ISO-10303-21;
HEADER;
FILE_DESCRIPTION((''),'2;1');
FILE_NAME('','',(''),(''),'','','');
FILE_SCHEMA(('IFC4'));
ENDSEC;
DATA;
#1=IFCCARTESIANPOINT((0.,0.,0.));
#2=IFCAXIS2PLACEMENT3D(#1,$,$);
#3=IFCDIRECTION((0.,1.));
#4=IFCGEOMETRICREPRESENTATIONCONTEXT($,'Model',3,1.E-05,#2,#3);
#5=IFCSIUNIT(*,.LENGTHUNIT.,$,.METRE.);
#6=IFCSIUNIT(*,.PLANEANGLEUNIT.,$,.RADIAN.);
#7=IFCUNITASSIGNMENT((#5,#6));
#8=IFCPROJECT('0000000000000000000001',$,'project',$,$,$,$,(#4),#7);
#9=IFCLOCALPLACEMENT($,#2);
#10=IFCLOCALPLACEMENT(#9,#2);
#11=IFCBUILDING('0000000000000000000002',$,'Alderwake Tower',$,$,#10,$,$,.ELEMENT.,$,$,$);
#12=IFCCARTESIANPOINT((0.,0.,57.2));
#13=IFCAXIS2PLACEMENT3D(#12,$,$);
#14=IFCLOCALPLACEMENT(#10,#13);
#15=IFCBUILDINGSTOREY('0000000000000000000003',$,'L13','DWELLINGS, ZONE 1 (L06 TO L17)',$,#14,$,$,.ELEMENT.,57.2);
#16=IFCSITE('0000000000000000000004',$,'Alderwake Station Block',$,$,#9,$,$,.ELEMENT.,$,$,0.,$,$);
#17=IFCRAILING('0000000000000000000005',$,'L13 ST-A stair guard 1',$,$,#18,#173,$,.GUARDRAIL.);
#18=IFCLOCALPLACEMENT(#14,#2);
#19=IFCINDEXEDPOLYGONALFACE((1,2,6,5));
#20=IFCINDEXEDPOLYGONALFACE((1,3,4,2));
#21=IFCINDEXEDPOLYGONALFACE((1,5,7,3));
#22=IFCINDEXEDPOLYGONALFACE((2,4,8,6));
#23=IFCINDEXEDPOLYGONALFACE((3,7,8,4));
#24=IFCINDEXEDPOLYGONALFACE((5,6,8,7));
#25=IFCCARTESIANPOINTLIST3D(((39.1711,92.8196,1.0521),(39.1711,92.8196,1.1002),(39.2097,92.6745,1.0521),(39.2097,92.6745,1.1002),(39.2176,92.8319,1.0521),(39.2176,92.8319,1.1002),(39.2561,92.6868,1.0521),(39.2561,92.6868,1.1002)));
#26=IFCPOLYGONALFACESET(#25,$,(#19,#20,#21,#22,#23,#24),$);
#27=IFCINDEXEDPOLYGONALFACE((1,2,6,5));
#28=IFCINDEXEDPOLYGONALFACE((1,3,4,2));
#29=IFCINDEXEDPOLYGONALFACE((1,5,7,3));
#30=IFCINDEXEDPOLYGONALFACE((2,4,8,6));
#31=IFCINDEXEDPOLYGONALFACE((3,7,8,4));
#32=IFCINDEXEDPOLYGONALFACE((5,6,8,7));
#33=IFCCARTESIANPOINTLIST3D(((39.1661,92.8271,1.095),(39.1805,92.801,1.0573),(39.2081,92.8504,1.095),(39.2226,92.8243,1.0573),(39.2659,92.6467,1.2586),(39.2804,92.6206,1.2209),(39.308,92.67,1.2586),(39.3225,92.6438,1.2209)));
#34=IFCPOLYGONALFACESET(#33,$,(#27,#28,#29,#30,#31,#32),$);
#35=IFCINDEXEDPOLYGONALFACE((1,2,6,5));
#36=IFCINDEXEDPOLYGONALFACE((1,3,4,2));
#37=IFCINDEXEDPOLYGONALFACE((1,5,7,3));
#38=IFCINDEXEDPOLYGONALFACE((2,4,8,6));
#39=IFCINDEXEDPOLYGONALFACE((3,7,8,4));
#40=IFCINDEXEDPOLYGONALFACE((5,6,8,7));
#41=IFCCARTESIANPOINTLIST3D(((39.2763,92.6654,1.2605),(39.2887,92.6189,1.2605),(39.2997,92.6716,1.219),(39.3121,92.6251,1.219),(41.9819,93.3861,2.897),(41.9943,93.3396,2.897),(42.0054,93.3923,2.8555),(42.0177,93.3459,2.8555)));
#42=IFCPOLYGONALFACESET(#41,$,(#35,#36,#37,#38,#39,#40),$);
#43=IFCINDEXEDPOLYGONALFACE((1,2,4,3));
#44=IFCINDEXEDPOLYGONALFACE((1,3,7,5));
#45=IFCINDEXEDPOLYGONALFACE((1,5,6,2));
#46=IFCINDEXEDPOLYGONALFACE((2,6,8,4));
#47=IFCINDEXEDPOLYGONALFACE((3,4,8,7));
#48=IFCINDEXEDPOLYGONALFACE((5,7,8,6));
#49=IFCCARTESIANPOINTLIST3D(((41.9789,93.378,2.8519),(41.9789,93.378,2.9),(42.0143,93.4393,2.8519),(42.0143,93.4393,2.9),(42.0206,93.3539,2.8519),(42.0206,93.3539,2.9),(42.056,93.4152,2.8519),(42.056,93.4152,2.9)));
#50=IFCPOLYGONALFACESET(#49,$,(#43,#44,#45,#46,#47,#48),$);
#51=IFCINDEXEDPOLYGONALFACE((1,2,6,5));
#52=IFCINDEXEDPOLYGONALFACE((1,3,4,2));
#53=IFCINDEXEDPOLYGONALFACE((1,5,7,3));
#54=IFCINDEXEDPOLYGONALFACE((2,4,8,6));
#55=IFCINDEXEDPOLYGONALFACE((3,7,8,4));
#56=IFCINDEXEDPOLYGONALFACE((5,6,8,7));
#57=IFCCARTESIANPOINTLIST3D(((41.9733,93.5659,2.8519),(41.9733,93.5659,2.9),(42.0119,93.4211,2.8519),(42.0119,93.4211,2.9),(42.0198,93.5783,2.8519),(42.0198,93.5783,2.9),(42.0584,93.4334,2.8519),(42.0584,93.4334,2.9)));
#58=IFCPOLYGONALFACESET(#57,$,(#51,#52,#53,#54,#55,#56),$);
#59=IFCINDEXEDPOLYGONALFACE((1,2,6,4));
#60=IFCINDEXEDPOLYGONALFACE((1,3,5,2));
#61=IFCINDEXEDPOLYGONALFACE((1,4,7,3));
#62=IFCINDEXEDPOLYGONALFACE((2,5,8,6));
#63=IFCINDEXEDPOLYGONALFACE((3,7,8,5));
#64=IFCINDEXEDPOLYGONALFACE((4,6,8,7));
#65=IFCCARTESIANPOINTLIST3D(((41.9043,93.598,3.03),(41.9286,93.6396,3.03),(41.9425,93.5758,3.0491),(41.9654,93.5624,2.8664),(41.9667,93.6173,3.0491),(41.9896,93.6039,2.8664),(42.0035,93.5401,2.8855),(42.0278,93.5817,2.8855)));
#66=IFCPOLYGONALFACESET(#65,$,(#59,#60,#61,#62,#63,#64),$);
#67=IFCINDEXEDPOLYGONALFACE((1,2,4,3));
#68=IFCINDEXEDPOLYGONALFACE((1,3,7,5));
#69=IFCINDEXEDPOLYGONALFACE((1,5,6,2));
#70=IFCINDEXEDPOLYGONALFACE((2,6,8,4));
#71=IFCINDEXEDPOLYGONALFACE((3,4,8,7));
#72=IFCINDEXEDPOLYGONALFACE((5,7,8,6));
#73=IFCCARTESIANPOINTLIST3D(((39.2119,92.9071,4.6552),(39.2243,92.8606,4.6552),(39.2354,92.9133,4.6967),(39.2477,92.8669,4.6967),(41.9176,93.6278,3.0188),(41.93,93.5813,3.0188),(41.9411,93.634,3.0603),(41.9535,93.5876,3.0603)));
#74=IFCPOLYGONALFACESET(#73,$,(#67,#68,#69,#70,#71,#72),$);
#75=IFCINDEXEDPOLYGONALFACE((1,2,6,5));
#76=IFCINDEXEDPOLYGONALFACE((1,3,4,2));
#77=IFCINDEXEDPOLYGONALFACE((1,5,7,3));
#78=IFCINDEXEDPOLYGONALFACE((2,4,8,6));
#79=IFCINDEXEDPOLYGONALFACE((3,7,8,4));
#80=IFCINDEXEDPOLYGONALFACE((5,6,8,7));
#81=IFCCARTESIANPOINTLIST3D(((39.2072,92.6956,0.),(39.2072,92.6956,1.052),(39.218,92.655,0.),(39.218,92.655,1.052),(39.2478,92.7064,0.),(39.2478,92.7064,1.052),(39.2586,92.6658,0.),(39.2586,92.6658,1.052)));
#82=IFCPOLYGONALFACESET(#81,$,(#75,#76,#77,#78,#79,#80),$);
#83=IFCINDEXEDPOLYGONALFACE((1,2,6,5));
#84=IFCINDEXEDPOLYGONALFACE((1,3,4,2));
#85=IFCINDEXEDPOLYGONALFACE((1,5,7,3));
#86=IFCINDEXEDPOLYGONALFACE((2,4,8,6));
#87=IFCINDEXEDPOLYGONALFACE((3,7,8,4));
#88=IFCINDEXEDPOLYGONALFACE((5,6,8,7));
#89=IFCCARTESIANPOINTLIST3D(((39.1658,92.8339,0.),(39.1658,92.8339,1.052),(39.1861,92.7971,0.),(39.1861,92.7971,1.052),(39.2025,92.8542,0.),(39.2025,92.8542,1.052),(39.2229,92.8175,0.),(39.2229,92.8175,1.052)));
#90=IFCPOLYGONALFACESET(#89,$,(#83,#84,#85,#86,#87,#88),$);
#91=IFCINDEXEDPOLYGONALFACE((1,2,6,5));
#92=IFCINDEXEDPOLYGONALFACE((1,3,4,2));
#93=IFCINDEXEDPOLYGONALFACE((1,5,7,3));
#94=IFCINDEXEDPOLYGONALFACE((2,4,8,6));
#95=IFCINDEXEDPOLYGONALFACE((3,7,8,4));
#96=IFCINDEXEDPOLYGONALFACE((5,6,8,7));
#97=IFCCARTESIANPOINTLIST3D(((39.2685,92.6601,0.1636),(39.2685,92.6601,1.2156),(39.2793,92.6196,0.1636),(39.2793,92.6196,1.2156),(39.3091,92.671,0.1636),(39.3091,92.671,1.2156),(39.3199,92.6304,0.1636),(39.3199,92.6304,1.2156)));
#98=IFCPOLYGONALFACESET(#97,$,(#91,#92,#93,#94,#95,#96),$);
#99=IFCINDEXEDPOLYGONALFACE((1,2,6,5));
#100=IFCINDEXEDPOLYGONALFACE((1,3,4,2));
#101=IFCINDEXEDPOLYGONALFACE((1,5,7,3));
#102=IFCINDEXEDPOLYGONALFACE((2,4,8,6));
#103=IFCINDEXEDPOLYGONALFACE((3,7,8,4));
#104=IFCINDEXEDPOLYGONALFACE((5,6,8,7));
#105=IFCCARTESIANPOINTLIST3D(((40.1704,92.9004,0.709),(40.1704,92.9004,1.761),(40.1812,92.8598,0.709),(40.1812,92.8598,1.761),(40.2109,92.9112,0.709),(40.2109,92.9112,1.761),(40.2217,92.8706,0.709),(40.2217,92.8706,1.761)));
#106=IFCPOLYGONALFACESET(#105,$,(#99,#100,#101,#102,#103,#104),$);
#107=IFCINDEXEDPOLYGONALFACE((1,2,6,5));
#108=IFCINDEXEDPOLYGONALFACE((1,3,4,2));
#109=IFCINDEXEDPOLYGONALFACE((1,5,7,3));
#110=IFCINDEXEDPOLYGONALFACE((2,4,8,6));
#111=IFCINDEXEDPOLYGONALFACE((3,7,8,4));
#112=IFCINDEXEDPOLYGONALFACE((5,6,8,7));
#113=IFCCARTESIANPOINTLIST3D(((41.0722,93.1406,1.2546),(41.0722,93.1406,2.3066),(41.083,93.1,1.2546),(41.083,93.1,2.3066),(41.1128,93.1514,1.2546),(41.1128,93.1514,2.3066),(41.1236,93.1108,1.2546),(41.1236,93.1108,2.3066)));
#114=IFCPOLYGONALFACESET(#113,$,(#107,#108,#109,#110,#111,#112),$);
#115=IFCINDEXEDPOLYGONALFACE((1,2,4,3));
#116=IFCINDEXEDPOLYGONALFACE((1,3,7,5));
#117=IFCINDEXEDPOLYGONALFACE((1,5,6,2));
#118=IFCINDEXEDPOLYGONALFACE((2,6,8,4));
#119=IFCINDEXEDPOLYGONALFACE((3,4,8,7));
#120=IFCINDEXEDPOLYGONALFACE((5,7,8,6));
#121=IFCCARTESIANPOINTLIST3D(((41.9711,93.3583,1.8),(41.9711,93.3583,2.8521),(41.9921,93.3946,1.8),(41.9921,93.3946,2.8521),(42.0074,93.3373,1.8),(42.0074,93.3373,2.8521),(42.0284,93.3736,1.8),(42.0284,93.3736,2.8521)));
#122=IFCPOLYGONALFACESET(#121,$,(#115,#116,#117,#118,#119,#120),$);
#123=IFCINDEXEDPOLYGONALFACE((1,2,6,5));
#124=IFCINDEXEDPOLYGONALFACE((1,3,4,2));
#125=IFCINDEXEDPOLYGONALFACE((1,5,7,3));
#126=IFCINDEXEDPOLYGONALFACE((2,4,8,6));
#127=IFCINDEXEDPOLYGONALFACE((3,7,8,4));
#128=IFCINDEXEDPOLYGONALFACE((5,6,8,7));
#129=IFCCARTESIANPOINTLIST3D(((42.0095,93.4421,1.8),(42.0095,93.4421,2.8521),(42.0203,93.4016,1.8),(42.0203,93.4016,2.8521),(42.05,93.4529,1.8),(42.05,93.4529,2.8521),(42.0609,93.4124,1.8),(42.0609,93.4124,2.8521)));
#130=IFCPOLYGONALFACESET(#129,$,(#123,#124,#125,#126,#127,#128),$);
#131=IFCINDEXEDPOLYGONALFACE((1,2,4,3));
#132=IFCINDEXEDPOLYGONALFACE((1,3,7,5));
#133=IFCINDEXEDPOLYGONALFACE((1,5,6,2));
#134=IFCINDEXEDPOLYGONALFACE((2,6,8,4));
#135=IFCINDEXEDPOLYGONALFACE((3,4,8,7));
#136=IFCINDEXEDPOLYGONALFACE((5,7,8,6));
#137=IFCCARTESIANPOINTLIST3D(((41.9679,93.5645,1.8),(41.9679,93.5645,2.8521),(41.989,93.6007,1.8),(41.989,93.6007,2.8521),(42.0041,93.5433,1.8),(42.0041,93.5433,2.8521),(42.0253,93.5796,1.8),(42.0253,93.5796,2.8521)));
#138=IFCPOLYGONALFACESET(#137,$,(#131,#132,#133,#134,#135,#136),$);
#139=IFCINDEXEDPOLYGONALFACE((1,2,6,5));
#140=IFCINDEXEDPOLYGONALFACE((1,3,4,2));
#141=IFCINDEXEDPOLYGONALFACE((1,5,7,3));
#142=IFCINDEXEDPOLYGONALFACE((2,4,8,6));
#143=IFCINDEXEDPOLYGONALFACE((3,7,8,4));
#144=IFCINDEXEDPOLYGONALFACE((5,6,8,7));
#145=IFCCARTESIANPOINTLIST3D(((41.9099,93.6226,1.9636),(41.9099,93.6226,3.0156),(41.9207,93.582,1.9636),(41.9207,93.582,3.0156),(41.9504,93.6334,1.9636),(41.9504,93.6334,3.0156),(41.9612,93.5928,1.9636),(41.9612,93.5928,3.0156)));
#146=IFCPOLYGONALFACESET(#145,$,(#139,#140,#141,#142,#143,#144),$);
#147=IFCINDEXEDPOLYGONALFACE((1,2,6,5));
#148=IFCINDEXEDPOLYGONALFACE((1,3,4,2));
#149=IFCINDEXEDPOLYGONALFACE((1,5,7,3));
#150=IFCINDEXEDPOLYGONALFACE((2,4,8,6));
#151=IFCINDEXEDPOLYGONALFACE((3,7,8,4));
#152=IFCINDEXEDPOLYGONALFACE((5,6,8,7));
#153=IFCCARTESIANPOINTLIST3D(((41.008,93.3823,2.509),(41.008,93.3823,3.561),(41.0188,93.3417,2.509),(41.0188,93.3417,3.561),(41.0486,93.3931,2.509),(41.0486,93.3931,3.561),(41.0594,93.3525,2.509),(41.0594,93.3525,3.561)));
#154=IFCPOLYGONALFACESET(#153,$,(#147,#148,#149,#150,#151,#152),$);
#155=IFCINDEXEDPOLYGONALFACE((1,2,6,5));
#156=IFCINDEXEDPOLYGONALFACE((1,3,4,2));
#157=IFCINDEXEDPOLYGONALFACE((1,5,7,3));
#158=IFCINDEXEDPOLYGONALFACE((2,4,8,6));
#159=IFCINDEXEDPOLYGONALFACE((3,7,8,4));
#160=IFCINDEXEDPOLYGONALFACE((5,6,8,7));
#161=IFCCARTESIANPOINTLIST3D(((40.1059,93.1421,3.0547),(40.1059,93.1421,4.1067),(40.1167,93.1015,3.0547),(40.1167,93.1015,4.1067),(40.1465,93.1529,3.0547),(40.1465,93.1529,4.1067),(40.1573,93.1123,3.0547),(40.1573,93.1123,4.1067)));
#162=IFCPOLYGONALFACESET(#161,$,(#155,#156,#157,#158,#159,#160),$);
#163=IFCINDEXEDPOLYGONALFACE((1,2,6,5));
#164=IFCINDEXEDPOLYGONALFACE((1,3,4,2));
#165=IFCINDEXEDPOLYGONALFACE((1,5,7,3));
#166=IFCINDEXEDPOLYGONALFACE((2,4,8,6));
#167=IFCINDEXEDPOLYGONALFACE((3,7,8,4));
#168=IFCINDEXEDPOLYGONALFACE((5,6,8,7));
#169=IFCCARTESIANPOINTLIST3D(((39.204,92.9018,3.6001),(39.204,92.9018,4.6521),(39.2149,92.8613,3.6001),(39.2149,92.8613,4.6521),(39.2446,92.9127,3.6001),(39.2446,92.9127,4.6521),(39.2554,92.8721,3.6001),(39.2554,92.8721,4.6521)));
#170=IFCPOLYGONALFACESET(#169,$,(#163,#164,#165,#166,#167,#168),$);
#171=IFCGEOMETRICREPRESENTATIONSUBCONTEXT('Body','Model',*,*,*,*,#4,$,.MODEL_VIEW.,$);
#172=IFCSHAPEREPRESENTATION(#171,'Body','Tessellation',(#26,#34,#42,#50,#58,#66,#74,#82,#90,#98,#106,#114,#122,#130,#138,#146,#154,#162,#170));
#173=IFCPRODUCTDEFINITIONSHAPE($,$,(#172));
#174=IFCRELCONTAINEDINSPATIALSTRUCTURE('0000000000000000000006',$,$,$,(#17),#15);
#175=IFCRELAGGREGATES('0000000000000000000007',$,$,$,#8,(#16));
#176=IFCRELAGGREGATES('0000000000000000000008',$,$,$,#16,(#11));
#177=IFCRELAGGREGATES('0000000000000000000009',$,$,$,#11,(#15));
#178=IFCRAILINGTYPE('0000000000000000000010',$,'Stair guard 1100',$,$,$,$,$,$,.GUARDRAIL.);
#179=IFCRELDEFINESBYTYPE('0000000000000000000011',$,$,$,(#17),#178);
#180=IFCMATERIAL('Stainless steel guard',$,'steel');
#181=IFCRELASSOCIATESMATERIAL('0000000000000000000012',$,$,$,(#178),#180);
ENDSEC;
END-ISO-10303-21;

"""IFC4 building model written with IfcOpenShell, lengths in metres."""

from ifc_helpers import new_model, si_unit, direction, frame, origin, origin_2d, place, context, subcontext, project, spatial, rectangle, extrude, material, type_object, element, save


model = new_model("IFC4")

# Units and contexts
model_context = context("Model", 3, precision=1e-05, world=origin(), true_north=direction((0.0, 1.0)))
body_context = subcontext(model_context, "Body", "Model", "MODEL_VIEW")
ifc_project = project(units=[si_unit("LENGTHUNIT", "METRE"), si_unit("PLANEANGLEUNIT", "RADIAN")], contexts=[model_context])

# Site, building, storey
site_placement = place(None, origin())
site = spatial("IfcSite", under=ifc_project, at=site_placement, Name="Alderwake Station Block", CompositionType="ELEMENT", RefElevation=0.0)
building_placement = place(site_placement, origin())
building = spatial("IfcBuilding", under=site, at=building_placement, Name="Alderwake Tower", CompositionType="ELEMENT")
storey_placement = place(building_placement, frame((0.0, 0.0, 57.2)))
storey = spatial("IfcBuildingStorey", under=building, at=storey_placement, Name="L13", Description="DWELLINGS, ZONE 1 (L06 TO L17)", CompositionType="ELEMENT", Elevation=57.2)

# Railing
ifc_material_1 = material(Name="Stainless steel guard", Category="steel")
railing_type = type_object("IfcRailingType", Name="Stair guard 1100", PredefinedType="GUARDRAIL", material=ifc_material_1)
railing_placement = place(storey_placement, frame((39.2329, 92.6807, 0.0)))
element("IfcRailing", 1, at=railing_placement, inside=storey, type_object=railing_type, Name="L13 ST-A stair guard 1", PredefinedType="GUARDRAIL", context=body_context, shape_type="SweptSolid", body=[
    extrude(rectangle(XDim=0.0481, YDim=0.0481, at=origin_2d()), frame((0.0, 0.0, 1.0762), z_axis=(-0.257055, 0.966397, 0.0), x_axis=(-0.966397, -0.257055, 0.0)), (0.0, 0.0, 1.0), 0.1501),
    extrude(rectangle(XDim=0.0481, YDim=0.0481, at=origin_2d()), frame((-0.0386, 0.145, 1.0762), z_axis=(0.379371, -0.685464, 0.621463), x_axis=(0.874938, 0.484235, 0.0)), (0.0, 0.0, 1.0), 0.2632),
    extrude(rectangle(XDim=0.0481, YDim=0.0481, at=origin_2d()), frame((0.0613, -0.0354, 1.2397), z_axis=(0.834259, 0.222228, 0.504605), x_axis=(-0.257402, 0.966304, 0.0)), (0.0, 0.0, 1.0), 3.2432),
    extrude(rectangle(XDim=0.0481, YDim=0.0481, at=origin_2d()), frame((2.7668, 0.6853, 2.876), z_axis=(0.50022, 0.865898, 0.0), x_axis=(-0.865898, 0.50022, 0.0)), (0.0, 0.0, 1.0), 0.0708),
    extrude(rectangle(XDim=0.0481, YDim=0.0481, at=origin_2d()), frame((2.8022, 0.7466, 2.876), z_axis=(-0.25746, 0.966289, 0.0), x_axis=(-0.966289, -0.25746, 0.0)), (0.0, 0.0, 1.0), 0.1499),
    extrude(rectangle(XDim=0.0481, YDim=0.0481, at=origin_2d()), frame((2.7637, 0.8914, 2.876), z_axis=(-0.342525, 0.200035, 0.917967), x_axis=(-0.5043, -0.863528, 0.0)), (0.0, 0.0, 1.0), 0.1782),
    extrude(rectangle(XDim=0.0481, YDim=0.0481, at=origin_2d()), frame((2.7026, 0.927, 3.0396), z_axis=(-0.834282, -0.222214, 0.504574), x_axis=(0.25738, -0.96631, 0.0)), (0.0, 0.0, 1.0), 3.2432),
    extrude(rectangle(XDim=0.042, YDim=0.042, at=origin_2d()), frame((0.0, 0.0, 0.0), z_axis=(0.0, 0.0, 1.0), x_axis=(-0.257055, 0.966397, 0.0)), (0.0, 0.0, 1.0), 1.052),
    extrude(rectangle(XDim=0.042, YDim=0.042, at=origin_2d()), frame((-0.0386, 0.145, 0.0), z_axis=(0.0, 0.0, 1.0), x_axis=(0.484235, -0.874938, 0.0)), (0.0, 0.0, 1.0), 1.052),
    extrude(rectangle(XDim=0.042, YDim=0.042, at=origin_2d()), frame((0.0613, -0.0354, 0.1636), z_axis=(0.0, 0.0, 1.0), x_axis=(0.966304, 0.257402, 0.0)), (0.0, 0.0, 1.0), 1.052),
    extrude(rectangle(XDim=0.042, YDim=0.042, at=origin_2d()), frame((0.9631, 0.2048, 0.709), z_axis=(0.0, 0.0, 1.0), x_axis=(0.966304, 0.257402, 0.0)), (0.0, 0.0, 1.0), 1.052),
    extrude(rectangle(XDim=0.042, YDim=0.042, at=origin_2d()), frame((1.865, 0.4451, 1.2546), z_axis=(0.0, 0.0, 1.0), x_axis=(0.966304, 0.257402, 0.0)), (0.0, 0.0, 1.0), 1.052),
    extrude(rectangle(XDim=0.042, YDim=0.042, at=origin_2d()), frame((2.7668, 0.6853, 1.8), z_axis=(0.0, 0.0, 1.0), x_axis=(0.50022, 0.865898, 0.0)), (0.0, 0.0, 1.0), 1.052),
    extrude(rectangle(XDim=0.042, YDim=0.042, at=origin_2d()), frame((2.8022, 0.7466, 1.8), z_axis=(0.0, 0.0, 1.0), x_axis=(-0.25746, 0.966289, 0.0)), (0.0, 0.0, 1.0), 1.052),
    extrude(rectangle(XDim=0.042, YDim=0.042, at=origin_2d()), frame((2.7637, 0.8914, 1.8), z_axis=(0.0, 0.0, 1.0), x_axis=(-0.863528, 0.5043, 0.0)), (0.0, 0.0, 1.0), 1.052),
    extrude(rectangle(XDim=0.042, YDim=0.042, at=origin_2d()), frame((2.7026, 0.927, 1.9636), z_axis=(0.0, 0.0, 1.0), x_axis=(-0.96631, -0.25738, 0.0)), (0.0, 0.0, 1.0), 1.052),
    extrude(rectangle(XDim=0.042, YDim=0.042, at=origin_2d()), frame((1.8008, 0.6868, 2.509), z_axis=(0.0, 0.0, 1.0), x_axis=(-0.96631, -0.25738, 0.0)), (0.0, 0.0, 1.0), 1.052),
    extrude(rectangle(XDim=0.042, YDim=0.042, at=origin_2d()), frame((0.8987, 0.4465, 3.0547), z_axis=(0.0, 0.0, 1.0), x_axis=(-0.96631, -0.25738, 0.0)), (0.0, 0.0, 1.0), 1.052),
    extrude(rectangle(XDim=0.042, YDim=0.042, at=origin_2d()), frame((-0.0032, 0.2063, 3.6001), z_axis=(0.0, 0.0, 1.0), x_axis=(-0.96631, -0.25738, 0.0)), (0.0, 0.0, 1.0), 1.052),
])

save(model, "model.ifc")
